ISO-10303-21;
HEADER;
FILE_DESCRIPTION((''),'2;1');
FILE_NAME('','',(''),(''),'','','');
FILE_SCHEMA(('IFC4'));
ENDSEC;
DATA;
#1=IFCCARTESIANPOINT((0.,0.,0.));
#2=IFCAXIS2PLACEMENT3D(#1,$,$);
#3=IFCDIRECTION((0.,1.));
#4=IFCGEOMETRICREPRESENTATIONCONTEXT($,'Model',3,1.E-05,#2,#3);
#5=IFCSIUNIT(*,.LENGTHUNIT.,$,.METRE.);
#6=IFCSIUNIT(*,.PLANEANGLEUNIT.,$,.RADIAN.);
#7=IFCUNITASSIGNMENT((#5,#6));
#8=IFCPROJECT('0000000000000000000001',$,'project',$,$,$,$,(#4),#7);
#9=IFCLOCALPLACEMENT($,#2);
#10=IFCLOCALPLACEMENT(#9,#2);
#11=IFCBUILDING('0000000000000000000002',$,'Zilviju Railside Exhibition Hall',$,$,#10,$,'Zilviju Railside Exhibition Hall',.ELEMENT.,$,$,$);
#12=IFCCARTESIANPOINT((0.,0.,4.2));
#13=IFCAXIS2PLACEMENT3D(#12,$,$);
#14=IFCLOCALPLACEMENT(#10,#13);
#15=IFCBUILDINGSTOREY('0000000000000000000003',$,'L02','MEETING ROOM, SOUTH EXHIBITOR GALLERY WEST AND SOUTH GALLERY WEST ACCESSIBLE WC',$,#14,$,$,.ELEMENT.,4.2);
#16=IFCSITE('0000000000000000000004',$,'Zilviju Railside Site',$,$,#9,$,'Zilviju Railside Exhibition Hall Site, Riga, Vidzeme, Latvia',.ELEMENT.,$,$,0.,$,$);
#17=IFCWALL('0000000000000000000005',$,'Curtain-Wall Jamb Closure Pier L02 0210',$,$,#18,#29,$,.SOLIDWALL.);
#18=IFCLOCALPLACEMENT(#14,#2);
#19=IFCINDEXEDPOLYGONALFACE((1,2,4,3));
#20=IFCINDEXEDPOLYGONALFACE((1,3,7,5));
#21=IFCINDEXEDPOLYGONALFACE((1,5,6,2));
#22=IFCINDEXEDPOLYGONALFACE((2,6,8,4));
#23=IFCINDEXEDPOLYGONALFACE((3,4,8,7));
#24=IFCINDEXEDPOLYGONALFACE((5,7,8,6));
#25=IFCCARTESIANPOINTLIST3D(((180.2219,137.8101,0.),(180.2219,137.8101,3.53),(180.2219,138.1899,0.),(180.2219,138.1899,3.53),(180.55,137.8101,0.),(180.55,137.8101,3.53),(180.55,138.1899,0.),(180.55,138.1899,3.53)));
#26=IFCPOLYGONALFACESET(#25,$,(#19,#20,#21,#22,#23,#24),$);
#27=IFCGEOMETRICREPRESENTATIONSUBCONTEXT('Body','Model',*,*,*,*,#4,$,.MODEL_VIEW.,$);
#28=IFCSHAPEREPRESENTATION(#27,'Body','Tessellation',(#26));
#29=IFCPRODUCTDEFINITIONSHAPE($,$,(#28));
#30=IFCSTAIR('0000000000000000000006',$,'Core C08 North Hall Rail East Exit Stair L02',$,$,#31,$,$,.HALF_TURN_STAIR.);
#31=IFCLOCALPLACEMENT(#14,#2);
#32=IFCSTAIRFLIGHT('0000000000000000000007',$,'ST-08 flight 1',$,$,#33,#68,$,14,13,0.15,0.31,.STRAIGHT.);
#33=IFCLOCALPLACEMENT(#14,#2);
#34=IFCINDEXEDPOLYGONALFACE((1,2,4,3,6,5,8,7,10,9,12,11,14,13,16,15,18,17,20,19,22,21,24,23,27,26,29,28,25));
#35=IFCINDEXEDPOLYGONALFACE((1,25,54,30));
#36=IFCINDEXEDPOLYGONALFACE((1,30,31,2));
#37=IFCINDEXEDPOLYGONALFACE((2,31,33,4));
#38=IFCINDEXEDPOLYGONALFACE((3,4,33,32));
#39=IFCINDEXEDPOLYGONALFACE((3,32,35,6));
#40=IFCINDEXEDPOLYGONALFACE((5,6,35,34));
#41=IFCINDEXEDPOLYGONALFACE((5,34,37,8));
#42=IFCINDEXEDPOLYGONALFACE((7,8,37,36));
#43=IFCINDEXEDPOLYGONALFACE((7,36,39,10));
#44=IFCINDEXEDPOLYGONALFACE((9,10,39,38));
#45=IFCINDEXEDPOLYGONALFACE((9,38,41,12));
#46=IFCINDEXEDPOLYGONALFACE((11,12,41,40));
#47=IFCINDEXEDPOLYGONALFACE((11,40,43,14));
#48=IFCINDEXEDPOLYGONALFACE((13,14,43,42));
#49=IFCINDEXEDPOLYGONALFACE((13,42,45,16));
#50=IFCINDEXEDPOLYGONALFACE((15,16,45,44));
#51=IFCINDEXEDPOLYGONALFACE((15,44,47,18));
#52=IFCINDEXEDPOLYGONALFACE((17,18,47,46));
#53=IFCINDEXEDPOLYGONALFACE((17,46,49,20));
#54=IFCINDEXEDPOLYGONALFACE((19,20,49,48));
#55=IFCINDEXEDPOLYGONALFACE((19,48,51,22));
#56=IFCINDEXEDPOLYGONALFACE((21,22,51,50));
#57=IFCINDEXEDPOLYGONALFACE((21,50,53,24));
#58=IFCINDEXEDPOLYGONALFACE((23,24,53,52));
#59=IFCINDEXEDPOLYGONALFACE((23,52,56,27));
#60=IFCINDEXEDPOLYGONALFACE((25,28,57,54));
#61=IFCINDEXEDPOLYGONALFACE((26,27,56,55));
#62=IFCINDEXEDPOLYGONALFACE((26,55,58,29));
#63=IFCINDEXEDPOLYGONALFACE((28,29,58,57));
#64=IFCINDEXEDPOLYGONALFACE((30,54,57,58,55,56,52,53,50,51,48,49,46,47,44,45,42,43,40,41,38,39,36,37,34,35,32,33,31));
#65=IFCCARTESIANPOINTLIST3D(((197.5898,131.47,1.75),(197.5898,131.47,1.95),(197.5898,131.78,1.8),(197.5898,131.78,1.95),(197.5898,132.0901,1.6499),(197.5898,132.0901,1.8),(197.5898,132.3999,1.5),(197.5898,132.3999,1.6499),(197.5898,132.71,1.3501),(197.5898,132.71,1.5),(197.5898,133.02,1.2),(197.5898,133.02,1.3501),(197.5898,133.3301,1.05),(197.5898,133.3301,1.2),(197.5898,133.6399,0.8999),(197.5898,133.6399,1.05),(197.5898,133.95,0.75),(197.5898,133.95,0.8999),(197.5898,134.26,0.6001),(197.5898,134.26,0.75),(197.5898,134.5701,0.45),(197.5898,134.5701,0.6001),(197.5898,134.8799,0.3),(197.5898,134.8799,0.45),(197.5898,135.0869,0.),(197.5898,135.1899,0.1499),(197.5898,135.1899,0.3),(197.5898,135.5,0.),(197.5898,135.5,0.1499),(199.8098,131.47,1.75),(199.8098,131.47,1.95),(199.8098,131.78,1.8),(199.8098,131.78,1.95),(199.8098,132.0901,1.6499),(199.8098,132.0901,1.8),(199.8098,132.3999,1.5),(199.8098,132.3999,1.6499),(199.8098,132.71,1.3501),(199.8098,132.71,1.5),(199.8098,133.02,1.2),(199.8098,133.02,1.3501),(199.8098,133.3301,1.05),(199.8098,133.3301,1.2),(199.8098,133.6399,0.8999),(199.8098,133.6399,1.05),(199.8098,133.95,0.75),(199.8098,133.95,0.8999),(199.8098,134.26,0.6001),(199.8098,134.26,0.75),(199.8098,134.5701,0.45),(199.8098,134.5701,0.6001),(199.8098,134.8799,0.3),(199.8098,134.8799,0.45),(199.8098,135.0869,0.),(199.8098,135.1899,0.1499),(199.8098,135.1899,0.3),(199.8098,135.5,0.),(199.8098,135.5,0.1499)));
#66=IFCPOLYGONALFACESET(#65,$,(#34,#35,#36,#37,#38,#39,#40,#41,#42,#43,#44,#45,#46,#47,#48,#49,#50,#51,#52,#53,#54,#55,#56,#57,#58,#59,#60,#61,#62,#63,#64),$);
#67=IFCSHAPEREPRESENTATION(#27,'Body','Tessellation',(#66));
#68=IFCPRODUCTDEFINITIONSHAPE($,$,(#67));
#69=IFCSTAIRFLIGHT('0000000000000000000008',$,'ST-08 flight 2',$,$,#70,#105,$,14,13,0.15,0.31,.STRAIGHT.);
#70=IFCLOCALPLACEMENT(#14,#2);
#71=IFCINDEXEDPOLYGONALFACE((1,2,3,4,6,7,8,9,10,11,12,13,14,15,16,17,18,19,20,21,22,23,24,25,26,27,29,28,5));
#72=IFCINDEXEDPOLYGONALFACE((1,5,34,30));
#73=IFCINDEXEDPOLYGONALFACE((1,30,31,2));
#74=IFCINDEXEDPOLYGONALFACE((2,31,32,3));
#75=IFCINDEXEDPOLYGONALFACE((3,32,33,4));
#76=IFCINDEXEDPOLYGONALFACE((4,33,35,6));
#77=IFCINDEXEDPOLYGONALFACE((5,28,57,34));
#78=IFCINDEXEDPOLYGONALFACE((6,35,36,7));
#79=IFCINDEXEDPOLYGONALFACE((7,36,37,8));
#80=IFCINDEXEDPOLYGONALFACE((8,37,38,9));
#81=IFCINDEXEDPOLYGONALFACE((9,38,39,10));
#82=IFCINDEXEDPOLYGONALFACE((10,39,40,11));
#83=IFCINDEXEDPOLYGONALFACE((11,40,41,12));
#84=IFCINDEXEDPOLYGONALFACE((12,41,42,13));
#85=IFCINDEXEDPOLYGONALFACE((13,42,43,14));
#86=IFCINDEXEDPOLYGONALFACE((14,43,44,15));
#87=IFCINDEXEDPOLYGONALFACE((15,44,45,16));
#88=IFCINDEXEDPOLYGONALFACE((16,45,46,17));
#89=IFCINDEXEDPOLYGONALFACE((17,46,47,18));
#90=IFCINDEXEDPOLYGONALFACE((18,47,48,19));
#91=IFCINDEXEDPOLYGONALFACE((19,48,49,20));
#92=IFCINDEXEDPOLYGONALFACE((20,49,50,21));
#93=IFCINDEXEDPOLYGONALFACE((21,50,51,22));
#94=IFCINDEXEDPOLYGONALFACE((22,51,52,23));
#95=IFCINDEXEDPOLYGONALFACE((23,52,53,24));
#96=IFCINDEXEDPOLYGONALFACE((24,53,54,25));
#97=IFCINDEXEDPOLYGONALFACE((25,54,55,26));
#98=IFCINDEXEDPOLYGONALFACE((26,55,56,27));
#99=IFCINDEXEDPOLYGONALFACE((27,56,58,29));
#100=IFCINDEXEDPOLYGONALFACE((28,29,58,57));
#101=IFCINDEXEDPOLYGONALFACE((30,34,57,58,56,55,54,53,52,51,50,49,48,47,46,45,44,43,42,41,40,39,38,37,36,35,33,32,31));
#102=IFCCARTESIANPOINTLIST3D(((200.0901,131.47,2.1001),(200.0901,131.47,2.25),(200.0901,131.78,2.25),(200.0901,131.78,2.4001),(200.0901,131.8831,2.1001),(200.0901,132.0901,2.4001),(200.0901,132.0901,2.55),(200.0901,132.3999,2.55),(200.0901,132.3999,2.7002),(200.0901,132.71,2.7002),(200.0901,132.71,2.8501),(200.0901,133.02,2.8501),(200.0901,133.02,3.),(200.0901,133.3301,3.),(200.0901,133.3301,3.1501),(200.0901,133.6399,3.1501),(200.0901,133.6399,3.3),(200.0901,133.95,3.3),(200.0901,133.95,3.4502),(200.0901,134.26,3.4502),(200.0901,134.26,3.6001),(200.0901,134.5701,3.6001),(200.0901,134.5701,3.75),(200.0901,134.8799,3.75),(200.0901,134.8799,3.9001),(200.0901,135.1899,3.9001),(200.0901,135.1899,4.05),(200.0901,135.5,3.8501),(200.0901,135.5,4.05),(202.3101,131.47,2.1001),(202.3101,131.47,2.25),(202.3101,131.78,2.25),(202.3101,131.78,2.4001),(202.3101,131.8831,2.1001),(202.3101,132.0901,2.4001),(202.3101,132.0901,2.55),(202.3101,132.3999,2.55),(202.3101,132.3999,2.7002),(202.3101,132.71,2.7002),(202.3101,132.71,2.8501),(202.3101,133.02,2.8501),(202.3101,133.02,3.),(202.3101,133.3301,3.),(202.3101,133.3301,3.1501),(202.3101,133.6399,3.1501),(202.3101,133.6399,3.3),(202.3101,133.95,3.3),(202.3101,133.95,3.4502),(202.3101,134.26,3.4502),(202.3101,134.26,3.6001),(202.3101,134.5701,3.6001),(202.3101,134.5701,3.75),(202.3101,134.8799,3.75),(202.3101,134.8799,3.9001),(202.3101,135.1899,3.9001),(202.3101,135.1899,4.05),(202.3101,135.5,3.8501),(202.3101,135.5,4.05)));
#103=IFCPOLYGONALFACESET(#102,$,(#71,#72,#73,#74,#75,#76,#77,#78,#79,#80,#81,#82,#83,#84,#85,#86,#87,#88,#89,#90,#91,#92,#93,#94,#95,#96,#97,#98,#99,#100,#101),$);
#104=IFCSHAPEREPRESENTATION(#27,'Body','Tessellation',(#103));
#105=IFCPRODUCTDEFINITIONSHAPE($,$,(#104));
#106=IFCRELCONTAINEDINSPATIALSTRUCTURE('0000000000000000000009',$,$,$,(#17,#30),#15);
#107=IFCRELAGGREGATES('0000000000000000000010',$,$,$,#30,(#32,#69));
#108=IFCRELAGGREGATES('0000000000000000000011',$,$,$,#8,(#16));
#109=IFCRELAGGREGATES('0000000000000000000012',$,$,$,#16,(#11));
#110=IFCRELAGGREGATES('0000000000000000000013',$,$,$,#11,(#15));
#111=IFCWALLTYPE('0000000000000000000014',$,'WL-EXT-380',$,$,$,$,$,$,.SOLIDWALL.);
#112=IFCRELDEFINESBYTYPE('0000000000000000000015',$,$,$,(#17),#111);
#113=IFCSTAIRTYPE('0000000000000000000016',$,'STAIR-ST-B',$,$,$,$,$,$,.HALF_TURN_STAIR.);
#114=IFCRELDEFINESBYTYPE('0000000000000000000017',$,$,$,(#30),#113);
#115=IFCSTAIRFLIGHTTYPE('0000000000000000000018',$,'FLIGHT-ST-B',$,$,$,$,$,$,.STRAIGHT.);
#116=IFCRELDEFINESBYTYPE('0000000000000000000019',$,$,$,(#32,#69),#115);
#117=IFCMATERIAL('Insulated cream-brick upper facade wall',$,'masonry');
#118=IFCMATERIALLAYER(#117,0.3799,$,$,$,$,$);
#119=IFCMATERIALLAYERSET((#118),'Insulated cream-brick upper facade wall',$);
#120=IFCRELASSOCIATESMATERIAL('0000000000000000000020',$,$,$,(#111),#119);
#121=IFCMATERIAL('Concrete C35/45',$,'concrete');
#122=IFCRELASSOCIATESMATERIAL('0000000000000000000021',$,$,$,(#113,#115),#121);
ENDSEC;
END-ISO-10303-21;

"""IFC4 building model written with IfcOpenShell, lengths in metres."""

from ifc_helpers import new_model, si_unit, direction, frame, frame_2d, origin, place, context, subcontext, project, spatial, polyline, rectangle, outline, extrude, material, layer, layer_set, type_object, element, aggregate, save


model = new_model("IFC4")

# Units and contexts
model_context = context("Model", 3, precision=1e-05, world=origin(), true_north=direction((0.0, 1.0)))
body_context = subcontext(model_context, "Body", "Model", "MODEL_VIEW")
ifc_project = project(units=[si_unit("LENGTHUNIT", "METRE"), si_unit("PLANEANGLEUNIT", "RADIAN")], contexts=[model_context])

# Site, building, storey
site_placement = place(None, origin())
site = spatial("IfcSite", under=ifc_project, at=site_placement, Name="Zilviju Railside Site", LongName="Zilviju Railside Exhibition Hall Site, Riga, Vidzeme, Latvia", CompositionType="ELEMENT", RefElevation=0.0)
building_placement = place(site_placement, origin())
building = spatial("IfcBuilding", under=site, at=building_placement, Name="Zilviju Railside Exhibition Hall", LongName="Zilviju Railside Exhibition Hall", CompositionType="ELEMENT")
storey_placement = place(building_placement, frame((0.0, 0.0, 4.2)))
storey = spatial("IfcBuildingStorey", under=building, at=storey_placement, Name="L02", Description="MEETING ROOM, SOUTH EXHIBITOR GALLERY WEST AND SOUTH GALLERY WEST ACCESSIBLE WC", CompositionType="ELEMENT", Elevation=4.2)

# Shared definitions
ifc_material_1 = material(Name="Concrete C35/45", Category="concrete")

# Wall
ifc_material_2 = material(Name="Insulated cream-brick upper facade wall", Category="masonry")
ifc_layer_1 = layer(ifc_material_2, 0.3799)
ifc_layer_set_1 = layer_set([ifc_layer_1], Name="Insulated cream-brick upper facade wall")
wall_type_1 = type_object("IfcWallType", Name="WL-EXT-380", PredefinedType="SOLIDWALL", material=ifc_layer_set_1)
wall_1_placement = place(storey_placement, frame((180.2219, 138.0, 0.0), z_axis=(0.0, 0.0, 1.0), x_axis=(1.0, 0.0, 0.0)))
element("IfcWall", 1, at=wall_1_placement, inside=storey, type_object=wall_type_1, Name="Curtain-Wall Jamb Closure Pier L02 0210", PredefinedType="SOLIDWALL", context=body_context, shape_type="SweptSolid", body=[
    extrude(rectangle(XDim=0.3281, YDim=0.3799, at=frame_2d((0.1641, 0.0))), origin(), (0.0, 0.0, 1.0), 3.53),
])

# Stair, stair flights
stair_type = type_object("IfcStairType", Name="STAIR-ST-B", PredefinedType="HALF_TURN_STAIR", material=ifc_material_1)
stair_placement = place(storey_placement, origin())
stair = element("IfcStair", 2, at=stair_placement, inside=storey, type_object=stair_type, Name="Core C08 North Hall Rail East Exit Stair L02", PredefinedType="HALF_TURN_STAIR")
stair_flight_type = type_object("IfcStairFlightType", Name="FLIGHT-ST-B", PredefinedType="STRAIGHT", material=ifc_material_1)
stair_flight_1_placement = place(storey_placement, frame((198.7, 135.5, 0.0), z_axis=(0.0, 0.0, 1.0), x_axis=(0.0, -1.0, 0.0)))
stair_flight_1 = element("IfcStairFlight", 3, at=stair_flight_1_placement, type_object=stair_flight_type, Name="ST-08 flight 1", NumberOfRisers=14, NumberOfTreads=13, PredefinedType="STRAIGHT", RiserHeight=0.15, TreadLength=0.31, context=body_context, shape_type="SweptSolid", body=[
    extrude(outline(polyline([(0.0, 0.0), (0.0, 0.1499), (0.3101, 0.1499), (0.3101, 0.3), (0.6201, 0.3), (0.6201, 0.45), (0.9299, 0.45), (0.9299, 0.6001), (1.24, 0.6001), (1.24, 0.75), (1.55, 0.75), (1.55, 0.8999), (1.8601, 0.8999), (1.8601, 1.05), (2.1699, 1.05), (2.1699, 1.2), (2.48, 1.2), (2.48, 1.3501), (2.79, 1.3501), (2.79, 1.5), (3.1001, 1.5), (3.1001, 1.6499), (3.4099, 1.6499), (3.4099, 1.8), (3.72, 1.8), (3.72, 1.95), (4.03, 1.95), (4.03, 2.1001), (4.03, 1.75), (0.4131, 0.0), (0.0, 0.0)])), frame((0.0, 1.1099, 0.0), z_axis=(0.0, -1.0, 0.0), x_axis=(1.0, 0.0, 0.0)), (0.0, 0.0, 1.0), 2.22),
])
stair_flight_2_placement = place(storey_placement, frame((201.2, 131.47, 2.1001), z_axis=(0.0, 0.0, 1.0), x_axis=(0.0, 1.0, 0.0)))
stair_flight_2 = element("IfcStairFlight", 4, at=stair_flight_2_placement, type_object=stair_flight_type, Name="ST-08 flight 2", NumberOfRisers=14, NumberOfTreads=13, PredefinedType="STRAIGHT", RiserHeight=0.15, TreadLength=0.31, context=body_context, shape_type="SweptSolid", body=[
    extrude(outline(polyline([(0.0, 0.0), (0.0, 0.1499), (0.3101, 0.1499), (0.3101, 0.3), (0.6201, 0.3), (0.6201, 0.45), (0.9299, 0.45), (0.9299, 0.6001), (1.24, 0.6001), (1.24, 0.75), (1.55, 0.75), (1.55, 0.8999), (1.8601, 0.8999), (1.8601, 1.05), (2.1699, 1.05), (2.1699, 1.2), (2.48, 1.2), (2.48, 1.3501), (2.79, 1.3501), (2.79, 1.5), (3.1001, 1.5), (3.1001, 1.6499), (3.4099, 1.6499), (3.4099, 1.8), (3.72, 1.8), (3.72, 1.95), (4.03, 1.95), (4.03, 2.1001), (4.03, 1.75), (0.4131, 0.0), (0.0, 0.0)])), frame((0.0, 1.1099, 0.0), z_axis=(0.0, -1.0, 0.0), x_axis=(1.0, 0.0, 0.0)), (0.0, 0.0, 1.0), 2.22),
])
aggregate(stair, [stair_flight_1, stair_flight_2])

save(model, "model.ifc")
